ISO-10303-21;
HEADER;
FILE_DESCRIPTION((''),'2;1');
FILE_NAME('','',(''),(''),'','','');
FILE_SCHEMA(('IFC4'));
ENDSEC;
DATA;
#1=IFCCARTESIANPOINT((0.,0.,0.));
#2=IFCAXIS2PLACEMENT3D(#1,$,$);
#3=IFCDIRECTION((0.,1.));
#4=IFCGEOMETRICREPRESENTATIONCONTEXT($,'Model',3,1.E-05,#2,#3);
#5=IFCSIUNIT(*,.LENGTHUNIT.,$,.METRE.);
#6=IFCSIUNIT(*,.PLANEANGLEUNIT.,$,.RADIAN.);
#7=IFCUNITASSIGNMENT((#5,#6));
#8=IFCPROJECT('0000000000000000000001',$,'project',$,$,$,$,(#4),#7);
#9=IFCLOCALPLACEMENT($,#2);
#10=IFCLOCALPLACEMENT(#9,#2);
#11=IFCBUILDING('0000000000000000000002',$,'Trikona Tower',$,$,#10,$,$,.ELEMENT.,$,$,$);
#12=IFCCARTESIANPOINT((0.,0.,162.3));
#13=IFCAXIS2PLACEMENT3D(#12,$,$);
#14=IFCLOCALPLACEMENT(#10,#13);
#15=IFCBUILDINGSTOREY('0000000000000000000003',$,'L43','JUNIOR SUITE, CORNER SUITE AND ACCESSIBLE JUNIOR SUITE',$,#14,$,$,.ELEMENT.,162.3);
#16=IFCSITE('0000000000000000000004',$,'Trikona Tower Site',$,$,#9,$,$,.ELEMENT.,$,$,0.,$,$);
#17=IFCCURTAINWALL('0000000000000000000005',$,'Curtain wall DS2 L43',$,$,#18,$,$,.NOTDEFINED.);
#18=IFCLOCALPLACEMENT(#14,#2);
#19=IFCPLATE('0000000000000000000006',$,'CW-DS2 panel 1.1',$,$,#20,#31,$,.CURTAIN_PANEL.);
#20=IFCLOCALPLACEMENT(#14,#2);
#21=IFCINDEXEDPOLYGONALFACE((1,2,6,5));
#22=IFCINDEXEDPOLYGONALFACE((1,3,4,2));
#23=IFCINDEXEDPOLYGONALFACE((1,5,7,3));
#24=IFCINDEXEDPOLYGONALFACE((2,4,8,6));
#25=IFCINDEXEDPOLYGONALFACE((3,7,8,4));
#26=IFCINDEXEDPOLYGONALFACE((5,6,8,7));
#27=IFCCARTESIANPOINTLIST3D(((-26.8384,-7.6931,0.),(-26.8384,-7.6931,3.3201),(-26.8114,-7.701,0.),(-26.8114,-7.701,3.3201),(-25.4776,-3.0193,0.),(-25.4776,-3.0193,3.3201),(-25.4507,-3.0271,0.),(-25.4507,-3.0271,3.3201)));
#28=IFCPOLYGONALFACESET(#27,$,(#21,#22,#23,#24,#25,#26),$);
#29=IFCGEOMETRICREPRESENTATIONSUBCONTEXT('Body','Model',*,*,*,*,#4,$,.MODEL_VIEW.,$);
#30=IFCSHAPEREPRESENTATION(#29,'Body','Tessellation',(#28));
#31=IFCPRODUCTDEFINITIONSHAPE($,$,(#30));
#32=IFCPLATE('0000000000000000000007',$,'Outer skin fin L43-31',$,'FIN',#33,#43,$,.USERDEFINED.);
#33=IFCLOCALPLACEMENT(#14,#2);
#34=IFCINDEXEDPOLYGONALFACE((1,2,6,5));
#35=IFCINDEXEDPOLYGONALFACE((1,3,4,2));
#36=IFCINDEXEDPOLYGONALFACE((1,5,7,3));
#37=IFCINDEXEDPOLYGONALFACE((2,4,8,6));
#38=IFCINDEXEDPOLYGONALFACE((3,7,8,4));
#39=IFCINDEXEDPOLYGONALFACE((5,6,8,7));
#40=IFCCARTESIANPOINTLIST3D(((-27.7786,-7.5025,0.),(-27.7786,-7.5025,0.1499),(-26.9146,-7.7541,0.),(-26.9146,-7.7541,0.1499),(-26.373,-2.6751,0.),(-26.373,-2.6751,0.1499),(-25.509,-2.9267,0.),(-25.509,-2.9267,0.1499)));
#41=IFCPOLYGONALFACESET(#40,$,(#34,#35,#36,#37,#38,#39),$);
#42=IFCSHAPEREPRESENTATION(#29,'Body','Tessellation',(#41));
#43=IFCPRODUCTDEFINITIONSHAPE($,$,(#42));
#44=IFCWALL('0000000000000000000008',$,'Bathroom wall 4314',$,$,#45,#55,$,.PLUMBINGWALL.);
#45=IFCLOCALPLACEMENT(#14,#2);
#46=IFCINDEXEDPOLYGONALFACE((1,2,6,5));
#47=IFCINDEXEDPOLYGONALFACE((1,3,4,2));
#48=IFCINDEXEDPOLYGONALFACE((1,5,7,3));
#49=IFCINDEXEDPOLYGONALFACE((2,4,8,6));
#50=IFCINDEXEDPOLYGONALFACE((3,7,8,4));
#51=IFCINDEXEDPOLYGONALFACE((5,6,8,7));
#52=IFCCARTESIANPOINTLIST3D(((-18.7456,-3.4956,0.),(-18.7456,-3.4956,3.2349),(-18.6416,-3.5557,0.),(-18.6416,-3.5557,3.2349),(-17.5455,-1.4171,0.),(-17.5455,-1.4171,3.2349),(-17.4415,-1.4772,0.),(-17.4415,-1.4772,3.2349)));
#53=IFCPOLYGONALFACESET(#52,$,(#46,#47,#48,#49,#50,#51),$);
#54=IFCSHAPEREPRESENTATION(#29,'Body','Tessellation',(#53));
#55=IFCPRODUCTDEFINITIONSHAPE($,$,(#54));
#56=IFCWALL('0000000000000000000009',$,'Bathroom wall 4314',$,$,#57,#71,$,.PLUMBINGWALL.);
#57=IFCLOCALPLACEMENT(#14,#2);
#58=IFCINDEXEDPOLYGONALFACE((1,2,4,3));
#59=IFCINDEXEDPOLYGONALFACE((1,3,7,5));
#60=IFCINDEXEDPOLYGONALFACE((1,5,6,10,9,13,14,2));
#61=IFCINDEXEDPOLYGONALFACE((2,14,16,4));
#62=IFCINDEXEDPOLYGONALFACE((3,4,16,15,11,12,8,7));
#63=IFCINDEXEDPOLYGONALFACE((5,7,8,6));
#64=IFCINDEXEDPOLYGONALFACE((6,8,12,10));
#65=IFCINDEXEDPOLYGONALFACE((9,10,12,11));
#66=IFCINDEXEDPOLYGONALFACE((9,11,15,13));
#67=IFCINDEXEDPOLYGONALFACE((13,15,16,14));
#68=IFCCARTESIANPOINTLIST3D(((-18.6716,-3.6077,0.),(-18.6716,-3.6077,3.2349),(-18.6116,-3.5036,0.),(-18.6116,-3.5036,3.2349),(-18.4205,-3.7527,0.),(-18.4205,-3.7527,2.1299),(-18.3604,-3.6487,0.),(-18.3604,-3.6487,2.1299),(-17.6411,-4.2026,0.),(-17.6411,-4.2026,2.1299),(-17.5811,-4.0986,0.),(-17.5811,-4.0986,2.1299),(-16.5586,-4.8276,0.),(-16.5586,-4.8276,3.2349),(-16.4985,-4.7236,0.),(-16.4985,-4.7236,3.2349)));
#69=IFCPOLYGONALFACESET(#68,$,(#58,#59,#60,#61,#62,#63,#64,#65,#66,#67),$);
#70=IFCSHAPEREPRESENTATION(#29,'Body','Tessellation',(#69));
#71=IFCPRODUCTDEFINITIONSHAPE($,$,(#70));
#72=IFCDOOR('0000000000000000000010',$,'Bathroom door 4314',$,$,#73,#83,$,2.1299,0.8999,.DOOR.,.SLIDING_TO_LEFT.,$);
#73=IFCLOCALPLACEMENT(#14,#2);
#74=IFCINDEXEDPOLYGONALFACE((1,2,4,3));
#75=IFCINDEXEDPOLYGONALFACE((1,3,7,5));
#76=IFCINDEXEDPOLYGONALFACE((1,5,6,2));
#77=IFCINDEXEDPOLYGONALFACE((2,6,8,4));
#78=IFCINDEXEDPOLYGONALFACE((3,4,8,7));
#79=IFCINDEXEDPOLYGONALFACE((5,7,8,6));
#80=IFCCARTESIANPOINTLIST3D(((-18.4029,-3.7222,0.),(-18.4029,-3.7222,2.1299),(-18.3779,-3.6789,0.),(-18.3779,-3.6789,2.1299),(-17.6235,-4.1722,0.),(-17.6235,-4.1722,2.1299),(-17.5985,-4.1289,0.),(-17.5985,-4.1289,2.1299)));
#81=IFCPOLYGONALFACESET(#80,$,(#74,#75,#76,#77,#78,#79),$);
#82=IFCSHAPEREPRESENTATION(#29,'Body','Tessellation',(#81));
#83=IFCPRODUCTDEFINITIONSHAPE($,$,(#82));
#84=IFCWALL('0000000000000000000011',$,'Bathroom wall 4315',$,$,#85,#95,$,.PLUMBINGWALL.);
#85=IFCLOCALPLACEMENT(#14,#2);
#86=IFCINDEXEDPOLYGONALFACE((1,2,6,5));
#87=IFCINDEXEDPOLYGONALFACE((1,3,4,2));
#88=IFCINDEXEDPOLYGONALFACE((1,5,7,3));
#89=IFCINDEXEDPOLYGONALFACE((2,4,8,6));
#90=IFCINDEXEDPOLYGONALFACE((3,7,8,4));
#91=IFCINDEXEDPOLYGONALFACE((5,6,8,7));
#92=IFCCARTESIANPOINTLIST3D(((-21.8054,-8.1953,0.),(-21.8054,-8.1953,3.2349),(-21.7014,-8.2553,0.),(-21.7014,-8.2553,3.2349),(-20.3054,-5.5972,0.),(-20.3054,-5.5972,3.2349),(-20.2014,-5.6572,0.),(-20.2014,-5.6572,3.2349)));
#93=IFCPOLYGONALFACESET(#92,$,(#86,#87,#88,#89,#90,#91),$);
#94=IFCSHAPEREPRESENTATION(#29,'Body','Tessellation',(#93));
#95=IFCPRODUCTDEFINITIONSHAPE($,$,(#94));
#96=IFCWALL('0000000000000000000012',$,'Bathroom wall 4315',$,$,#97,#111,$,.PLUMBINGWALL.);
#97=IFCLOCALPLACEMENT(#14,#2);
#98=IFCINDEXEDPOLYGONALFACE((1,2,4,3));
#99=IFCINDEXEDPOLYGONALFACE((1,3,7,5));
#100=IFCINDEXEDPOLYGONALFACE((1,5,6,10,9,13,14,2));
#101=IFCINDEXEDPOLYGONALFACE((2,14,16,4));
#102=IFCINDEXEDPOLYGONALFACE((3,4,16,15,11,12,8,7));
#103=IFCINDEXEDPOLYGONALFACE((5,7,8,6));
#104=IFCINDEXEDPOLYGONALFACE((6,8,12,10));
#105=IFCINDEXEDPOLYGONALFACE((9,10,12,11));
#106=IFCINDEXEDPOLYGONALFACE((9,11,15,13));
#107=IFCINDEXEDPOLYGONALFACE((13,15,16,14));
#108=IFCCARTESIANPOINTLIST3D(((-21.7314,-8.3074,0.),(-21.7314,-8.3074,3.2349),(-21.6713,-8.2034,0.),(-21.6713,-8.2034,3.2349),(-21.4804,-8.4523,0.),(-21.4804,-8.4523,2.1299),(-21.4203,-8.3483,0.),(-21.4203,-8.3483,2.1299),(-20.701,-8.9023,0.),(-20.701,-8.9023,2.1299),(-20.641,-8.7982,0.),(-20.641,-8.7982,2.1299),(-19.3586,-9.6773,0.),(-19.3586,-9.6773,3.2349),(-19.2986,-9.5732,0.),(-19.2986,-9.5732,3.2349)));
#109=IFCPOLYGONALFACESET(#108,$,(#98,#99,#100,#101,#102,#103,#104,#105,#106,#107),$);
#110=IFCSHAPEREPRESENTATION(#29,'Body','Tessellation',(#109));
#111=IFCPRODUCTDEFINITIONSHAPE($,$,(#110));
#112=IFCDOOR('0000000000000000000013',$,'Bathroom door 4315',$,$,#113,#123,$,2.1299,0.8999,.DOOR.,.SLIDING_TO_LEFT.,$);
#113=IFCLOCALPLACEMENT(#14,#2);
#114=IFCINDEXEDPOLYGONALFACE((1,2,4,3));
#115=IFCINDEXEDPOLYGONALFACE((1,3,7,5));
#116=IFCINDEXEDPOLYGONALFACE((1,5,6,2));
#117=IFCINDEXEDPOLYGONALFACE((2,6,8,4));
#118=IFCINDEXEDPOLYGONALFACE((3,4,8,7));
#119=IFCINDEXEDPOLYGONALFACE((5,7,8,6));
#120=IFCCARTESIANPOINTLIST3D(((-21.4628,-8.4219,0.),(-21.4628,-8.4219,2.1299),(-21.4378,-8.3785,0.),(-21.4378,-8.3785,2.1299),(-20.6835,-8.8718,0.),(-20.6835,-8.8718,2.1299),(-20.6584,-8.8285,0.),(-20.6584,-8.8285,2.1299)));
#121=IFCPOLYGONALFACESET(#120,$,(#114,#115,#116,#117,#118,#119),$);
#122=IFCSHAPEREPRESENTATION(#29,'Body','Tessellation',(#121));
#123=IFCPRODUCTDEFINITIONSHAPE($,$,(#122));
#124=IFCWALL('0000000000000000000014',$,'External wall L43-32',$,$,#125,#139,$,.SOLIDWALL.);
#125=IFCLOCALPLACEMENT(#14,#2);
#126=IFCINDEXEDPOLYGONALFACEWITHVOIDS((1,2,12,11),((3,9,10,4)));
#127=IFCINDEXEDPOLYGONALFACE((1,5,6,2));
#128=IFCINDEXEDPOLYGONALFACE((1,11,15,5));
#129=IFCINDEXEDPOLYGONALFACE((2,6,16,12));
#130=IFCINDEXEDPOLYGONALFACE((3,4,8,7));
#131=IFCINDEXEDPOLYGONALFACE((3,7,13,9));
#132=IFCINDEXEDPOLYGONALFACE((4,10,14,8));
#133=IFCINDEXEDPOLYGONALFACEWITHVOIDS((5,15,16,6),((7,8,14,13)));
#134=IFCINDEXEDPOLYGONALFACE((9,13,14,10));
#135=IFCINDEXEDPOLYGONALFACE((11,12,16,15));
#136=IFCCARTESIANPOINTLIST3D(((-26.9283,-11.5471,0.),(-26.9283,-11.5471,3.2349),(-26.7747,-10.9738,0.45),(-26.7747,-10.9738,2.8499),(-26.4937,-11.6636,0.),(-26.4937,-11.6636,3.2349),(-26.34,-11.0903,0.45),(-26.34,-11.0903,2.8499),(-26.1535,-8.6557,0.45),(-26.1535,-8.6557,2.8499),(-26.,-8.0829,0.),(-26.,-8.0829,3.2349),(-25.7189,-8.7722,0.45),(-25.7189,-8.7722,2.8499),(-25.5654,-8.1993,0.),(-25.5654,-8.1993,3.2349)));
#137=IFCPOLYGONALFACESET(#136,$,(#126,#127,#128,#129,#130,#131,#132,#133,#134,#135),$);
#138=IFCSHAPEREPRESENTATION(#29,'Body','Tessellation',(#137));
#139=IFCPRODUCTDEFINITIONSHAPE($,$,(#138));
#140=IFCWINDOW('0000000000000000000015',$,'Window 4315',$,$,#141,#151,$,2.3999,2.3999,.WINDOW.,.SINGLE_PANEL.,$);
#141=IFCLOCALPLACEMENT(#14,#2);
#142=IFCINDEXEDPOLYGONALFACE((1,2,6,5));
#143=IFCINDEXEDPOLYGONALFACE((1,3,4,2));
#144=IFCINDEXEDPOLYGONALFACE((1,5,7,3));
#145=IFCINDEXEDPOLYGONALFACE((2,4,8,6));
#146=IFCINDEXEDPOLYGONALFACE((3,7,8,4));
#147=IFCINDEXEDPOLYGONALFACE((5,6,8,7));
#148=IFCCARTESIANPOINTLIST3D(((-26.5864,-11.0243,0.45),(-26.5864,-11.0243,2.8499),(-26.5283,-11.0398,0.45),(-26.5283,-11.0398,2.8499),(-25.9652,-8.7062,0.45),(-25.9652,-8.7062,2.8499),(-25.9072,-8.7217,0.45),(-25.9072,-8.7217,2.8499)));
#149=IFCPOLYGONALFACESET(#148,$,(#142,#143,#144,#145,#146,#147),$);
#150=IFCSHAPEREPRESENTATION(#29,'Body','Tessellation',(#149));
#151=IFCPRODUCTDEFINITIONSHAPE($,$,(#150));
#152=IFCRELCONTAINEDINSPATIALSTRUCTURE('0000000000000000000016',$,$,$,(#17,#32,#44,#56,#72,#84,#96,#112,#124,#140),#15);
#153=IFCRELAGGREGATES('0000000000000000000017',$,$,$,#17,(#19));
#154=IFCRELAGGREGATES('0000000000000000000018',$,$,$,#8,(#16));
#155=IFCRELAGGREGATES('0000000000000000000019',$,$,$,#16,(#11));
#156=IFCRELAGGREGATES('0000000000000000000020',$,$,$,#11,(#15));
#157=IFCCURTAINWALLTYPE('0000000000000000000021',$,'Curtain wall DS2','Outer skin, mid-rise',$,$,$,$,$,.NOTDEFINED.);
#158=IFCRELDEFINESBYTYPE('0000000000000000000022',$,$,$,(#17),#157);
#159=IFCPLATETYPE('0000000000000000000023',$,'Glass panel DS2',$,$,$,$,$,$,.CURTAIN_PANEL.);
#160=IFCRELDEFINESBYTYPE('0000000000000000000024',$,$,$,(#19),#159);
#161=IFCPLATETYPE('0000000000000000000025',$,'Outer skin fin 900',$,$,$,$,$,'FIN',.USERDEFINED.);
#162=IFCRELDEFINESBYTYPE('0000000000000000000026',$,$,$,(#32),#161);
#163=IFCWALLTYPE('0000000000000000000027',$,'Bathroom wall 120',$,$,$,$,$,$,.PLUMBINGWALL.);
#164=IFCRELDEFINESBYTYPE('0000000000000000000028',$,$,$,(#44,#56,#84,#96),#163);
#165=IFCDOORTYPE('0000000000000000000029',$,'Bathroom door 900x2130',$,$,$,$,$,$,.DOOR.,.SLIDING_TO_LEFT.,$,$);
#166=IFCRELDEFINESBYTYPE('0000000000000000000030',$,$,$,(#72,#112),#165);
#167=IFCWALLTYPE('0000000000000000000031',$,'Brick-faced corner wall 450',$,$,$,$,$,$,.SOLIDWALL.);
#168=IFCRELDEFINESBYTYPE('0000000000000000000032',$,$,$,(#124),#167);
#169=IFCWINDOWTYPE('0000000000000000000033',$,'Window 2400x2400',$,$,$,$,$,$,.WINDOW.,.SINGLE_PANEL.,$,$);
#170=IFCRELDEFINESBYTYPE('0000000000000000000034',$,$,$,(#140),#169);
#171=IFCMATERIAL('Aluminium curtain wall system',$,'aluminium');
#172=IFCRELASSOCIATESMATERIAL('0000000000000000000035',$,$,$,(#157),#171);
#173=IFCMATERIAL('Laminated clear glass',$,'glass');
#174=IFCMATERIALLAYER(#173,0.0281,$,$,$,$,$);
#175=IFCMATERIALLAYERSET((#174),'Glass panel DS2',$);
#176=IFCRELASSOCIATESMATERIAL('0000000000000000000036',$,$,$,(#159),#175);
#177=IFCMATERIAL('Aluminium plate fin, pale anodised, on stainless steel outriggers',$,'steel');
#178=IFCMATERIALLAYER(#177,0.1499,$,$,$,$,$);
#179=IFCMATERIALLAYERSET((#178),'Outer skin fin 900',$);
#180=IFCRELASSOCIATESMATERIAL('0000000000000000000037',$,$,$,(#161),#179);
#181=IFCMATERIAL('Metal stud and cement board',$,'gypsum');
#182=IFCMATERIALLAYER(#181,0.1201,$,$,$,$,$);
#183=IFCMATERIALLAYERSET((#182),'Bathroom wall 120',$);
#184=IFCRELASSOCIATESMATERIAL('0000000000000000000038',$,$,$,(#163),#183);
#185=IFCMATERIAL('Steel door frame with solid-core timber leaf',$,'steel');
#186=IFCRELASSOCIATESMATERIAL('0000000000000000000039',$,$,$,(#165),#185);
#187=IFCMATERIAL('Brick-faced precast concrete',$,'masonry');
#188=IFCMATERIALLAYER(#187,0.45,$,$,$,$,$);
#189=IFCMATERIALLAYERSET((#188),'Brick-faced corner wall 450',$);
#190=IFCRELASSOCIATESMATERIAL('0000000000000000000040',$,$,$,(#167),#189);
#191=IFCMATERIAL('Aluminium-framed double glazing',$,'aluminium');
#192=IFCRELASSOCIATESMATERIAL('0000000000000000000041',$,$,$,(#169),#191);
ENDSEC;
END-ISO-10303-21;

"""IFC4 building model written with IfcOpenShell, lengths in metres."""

from ifc_helpers import new_model, si_unit, direction, frame, frame_2d, origin, origin_2d, place, context, subcontext, project, spatial, rectangle, extrude, material, layer, layer_set, type_object, element, fill, aggregate, save


model = new_model("IFC4")

# Units and contexts
model_context = context("Model", 3, precision=1e-05, world=origin(), true_north=direction((0.0, 1.0)))
body_context = subcontext(model_context, "Body", "Model", "MODEL_VIEW")
ifc_project = project(units=[si_unit("LENGTHUNIT", "METRE"), si_unit("PLANEANGLEUNIT", "RADIAN")], contexts=[model_context])

# Site, building, storey
site_placement = place(None, origin())
site = spatial("IfcSite", under=ifc_project, at=site_placement, Name="Trikona Tower Site", CompositionType="ELEMENT", RefElevation=0.0)
building_placement = place(site_placement, origin())
building = spatial("IfcBuilding", under=site, at=building_placement, Name="Trikona Tower", CompositionType="ELEMENT")
storey_placement = place(building_placement, frame((0.0, 0.0, 162.3)))
storey = spatial("IfcBuildingStorey", under=building, at=storey_placement, Name="L43", Description="JUNIOR SUITE, CORNER SUITE AND ACCESSIBLE JUNIOR SUITE", CompositionType="ELEMENT", Elevation=162.3)

# Shared definitions
ifc_material_1 = material(Name="Aluminium curtain wall system", Category="aluminium")
curtain_wall_type = type_object("IfcCurtainWallType", Name="Curtain wall DS2", Description="Outer skin, mid-rise", PredefinedType="NOTDEFINED", material=ifc_material_1)

# Curtain wall
curtain_wall_1_placement = place(storey_placement, origin())
curtain_wall_1 = element("IfcCurtainWall", 1, at=curtain_wall_1_placement, inside=storey, type_object=curtain_wall_type, Name="Curtain wall DS2 L43", PredefinedType="NOTDEFINED")

# Plates
ifc_material_2 = material(Name="Laminated clear glass", Category="glass")
ifc_layer_1 = layer(ifc_material_2, 0.0281)
ifc_layer_set_1 = layer_set([ifc_layer_1], Name="Glass panel DS2")
plate_type_1 = type_object("IfcPlateType", Name="Glass panel DS2", PredefinedType="CURTAIN_PANEL", material=ifc_layer_set_1)
plate_1_placement = place(storey_placement, frame((-26.1445, -5.3601, 0.0), z_axis=(0.0, 0.0, 1.0), x_axis=(-0.279543, -0.960133, 0.0)))
plate_1 = element("IfcPlate", 2, at=plate_1_placement, type_object=plate_type_1, Name="CW-DS2 panel 1.1", PredefinedType="CURTAIN_PANEL", context=body_context, shape_type="SweptSolid", body=[
    extrude(rectangle(XDim=4.8679, YDim=0.0281, at=origin_2d()), origin(), (0.0, 0.0, 1.0), 3.3201),
])
aggregate(curtain_wall_1, [plate_1])
ifc_material_3 = material(Name="Aluminium plate fin, pale anodised, on stainless steel outriggers", Category="steel")
ifc_layer_2 = layer(ifc_material_3, 0.1499)
ifc_layer_set_2 = layer_set([ifc_layer_2], Name="Outer skin fin 900")
plate_type_2 = type_object("IfcPlateType", Name="Outer skin fin 900", ElementType="FIN", PredefinedType="USERDEFINED", material=ifc_layer_set_2)
plate_2_placement = place(storey_placement, frame((-26.6438, -5.2146, 0.0), z_axis=(0.0, 0.0, 1.0), x_axis=(-0.279554, -0.96013, 0.0)))
element("IfcPlate", 3, at=plate_2_placement, inside=storey, type_object=plate_type_2, Name="Outer skin fin L43-31", ObjectType="FIN", PredefinedType="USERDEFINED", context=body_context, shape_type="SweptSolid", body=[
    extrude(rectangle(XDim=5.0278, YDim=0.8999, at=origin_2d()), origin(), (0.0, 0.0, 1.0), 0.1499),
])

# Wall
ifc_material_4 = material(Name="Metal stud and cement board", Category="gypsum")
ifc_layer_3 = layer(ifc_material_4, 0.1201)
ifc_layer_set_3 = layer_set([ifc_layer_3], Name="Bathroom wall 120")
wall_type_1 = type_object("IfcWallType", Name="Bathroom wall 120", PredefinedType="PLUMBINGWALL", material=ifc_layer_set_3)
wall_1_placement = place(storey_placement, frame((-17.4934, -1.447, 0.0), z_axis=(0.0, 0.0, 1.0), x_axis=(-0.500034, -0.866006, 0.0)))
element("IfcWall", 4, at=wall_1_placement, inside=storey, type_object=wall_type_1, Name="Bathroom wall 4314", PredefinedType="PLUMBINGWALL", context=body_context, shape_type="SweptSolid", body=[
    extrude(rectangle(XDim=2.4001, YDim=0.1201, at=frame_2d((1.2002, 0.0))), origin(), (0.0, 0.0, 1.0), 3.2349),
])

# Wall, opening, door
wall_2_placement = place(storey_placement, frame((-16.5286, -4.7756, 0.0), z_axis=(0.0, 0.0, 1.0), x_axis=(-0.866024, 0.500003, 0.0)))
wall_2 = element("IfcWall", 5, at=wall_2_placement, inside=storey, type_object=wall_type_1, Name="Bathroom wall 4314", PredefinedType="PLUMBINGWALL", context=body_context, shape_type="SweptSolid", body=[
    extrude(rectangle(XDim=2.4399, YDim=0.1201, at=frame_2d((1.22, 0.0))), origin(), (0.0, 0.0, 1.0), 3.2349),
])
opening_1_placement = place(wall_2_placement, frame((1.25, 0.0, 0.0)))
opening_1 = element("IfcOpeningElement", 6, at=opening_1_placement, cuts=wall_2, PredefinedType="OPENING", context=body_context, shape_type="SweptSolid", body=[
    extrude(rectangle(XDim=0.8999, YDim=2.1299, at=frame_2d((0.45, 1.0649))), frame((0.0, 0.0701, 0.0), z_axis=(0.0, -1.0, 0.0), x_axis=(1.0, 0.0, 0.0)), (0.0, 0.0, 1.0), 0.1401),
])
ifc_material_5 = material(Name="Steel door frame with solid-core timber leaf", Category="steel")
door_type_1 = type_object("IfcDoorType", Name="Bathroom door 900x2130", OperationType="SLIDING_TO_LEFT", PredefinedType="DOOR", material=ifc_material_5)
door_1_placement = place(opening_1_placement, origin())
door_1 = element("IfcDoor", 7, at=door_1_placement, inside=storey, type_object=door_type_1, Name="Bathroom door 4314", OperationType="SLIDING_TO_LEFT", OverallHeight=2.1299, OverallWidth=0.8999, PredefinedType="DOOR", context=body_context, shape_type="SweptSolid", body=[
    extrude(rectangle(XDim=0.8999, YDim=2.1299, at=frame_2d((0.45, 1.0649))), frame((0.0, 0.0249, 0.0), z_axis=(0.0, -1.0, 0.0), x_axis=(1.0, 0.0, 0.0)), (0.0, 0.0, 1.0), 0.05),
])
fill(opening_1, door_1)

# Wall
wall_3_placement = place(storey_placement, frame((-20.2534, -5.6272, 0.0), z_axis=(0.0, 0.0, 1.0), x_axis=(-0.49999, -0.866031, 0.0)))
element("IfcWall", 8, at=wall_3_placement, inside=storey, type_object=wall_type_1, Name="Bathroom wall 4315", PredefinedType="PLUMBINGWALL", context=body_context, shape_type="SweptSolid", body=[
    extrude(rectangle(XDim=3.0, YDim=0.1201, at=frame_2d((1.5, 0.0))), origin(), (0.0, 0.0, 1.0), 3.2349),
])

# Wall, opening, door
wall_4_placement = place(storey_placement, frame((-19.3286, -9.6252, 0.0), z_axis=(0.0, 0.0, 1.0), x_axis=(-0.866036, 0.499982, 0.0)))
wall_4 = element("IfcWall", 9, at=wall_4_placement, inside=storey, type_object=wall_type_1, Name="Bathroom wall 4315", PredefinedType="PLUMBINGWALL", context=body_context, shape_type="SweptSolid", body=[
    extrude(rectangle(XDim=2.7397, YDim=0.1201, at=frame_2d((1.3699, 0.0))), origin(), (0.0, 0.0, 1.0), 3.2349),
])
opening_2_placement = place(wall_4_placement, frame((1.55, 0.0, 0.0)))
opening_2 = element("IfcOpeningElement", 10, at=opening_2_placement, cuts=wall_4, PredefinedType="OPENING", context=body_context, shape_type="SweptSolid", body=[
    extrude(rectangle(XDim=0.8999, YDim=2.1299, at=frame_2d((0.45, 1.0649))), frame((0.0, 0.0701, 0.0), z_axis=(0.0, -1.0, 0.0), x_axis=(1.0, 0.0, 0.0)), (0.0, 0.0, 1.0), 0.1401),
])
door_2_placement = place(opening_2_placement, origin())
door_2 = element("IfcDoor", 11, at=door_2_placement, inside=storey, type_object=door_type_1, Name="Bathroom door 4315", OperationType="SLIDING_TO_LEFT", OverallHeight=2.1299, OverallWidth=0.8999, PredefinedType="DOOR", context=body_context, shape_type="SweptSolid", body=[
    extrude(rectangle(XDim=0.8999, YDim=2.1299, at=frame_2d((0.45, 1.0649))), frame((0.0, 0.0249, 0.0), z_axis=(0.0, -1.0, 0.0), x_axis=(1.0, 0.0, 0.0)), (0.0, 0.0, 1.0), 0.05),
])
fill(opening_2, door_2)

# Wall, opening, window
ifc_material_6 = material(Name="Brick-faced precast concrete", Category="masonry")
ifc_layer_4 = layer(ifc_material_6, 0.45)
ifc_layer_set_4 = layer_set([ifc_layer_4], Name="Brick-faced corner wall 450")
wall_type_2 = type_object("IfcWallType", Name="Brick-faced corner wall 450", PredefinedType="SOLIDWALL", material=ifc_layer_set_4)
wall_5_placement = place(storey_placement, frame((-25.7827, -8.1411, 0.0), z_axis=(0.0, 0.0, 1.0), x_axis=(-0.258823, -0.965925, 0.0)))
wall_5 = element("IfcWall", 12, at=wall_5_placement, inside=storey, type_object=wall_type_2, Name="External wall L43-32", PredefinedType="SOLIDWALL", context=body_context, shape_type="SweptSolid", body=[
    extrude(rectangle(XDim=3.5864, YDim=0.45, at=frame_2d((1.7932, 0.0))), origin(), (0.0, 0.0, 1.0), 3.2349),
])
opening_3_placement = place(wall_5_placement, frame((0.593, 0.0, 0.45)))
opening_3 = element("IfcOpeningElement", 13, at=opening_3_placement, cuts=wall_5, PredefinedType="OPENING", context=body_context, shape_type="SweptSolid", body=[
    extrude(rectangle(XDim=2.3999, YDim=2.3999, at=frame_2d((1.2, 1.2))), frame((0.0, 0.2349, 0.0), z_axis=(0.0, -1.0, 0.0), x_axis=(1.0, 0.0, 0.0)), (0.0, 0.0, 1.0), 0.47),
])
ifc_material_7 = material(Name="Aluminium-framed double glazing", Category="aluminium")
window_type_1 = type_object("IfcWindowType", Name="Window 2400x2400", PartitioningType="SINGLE_PANEL", PredefinedType="WINDOW", material=ifc_material_7)
window_1_placement = place(opening_3_placement, origin())
window_1 = element("IfcWindow", 14, at=window_1_placement, inside=storey, type_object=window_type_1, Name="Window 4315", OverallHeight=2.3999, OverallWidth=2.3999, PartitioningType="SINGLE_PANEL", PredefinedType="WINDOW", context=body_context, shape_type="SweptSolid", body=[
    extrude(rectangle(XDim=2.3999, YDim=2.3999, at=frame_2d((1.2, 1.2))), frame((0.0, 0.03, 0.0), z_axis=(0.0, -1.0, 0.0), x_axis=(1.0, 0.0, 0.0)), (0.0, 0.0, 1.0), 0.0601),
])
fill(opening_3, window_1)

save(model, "model.ifc")
